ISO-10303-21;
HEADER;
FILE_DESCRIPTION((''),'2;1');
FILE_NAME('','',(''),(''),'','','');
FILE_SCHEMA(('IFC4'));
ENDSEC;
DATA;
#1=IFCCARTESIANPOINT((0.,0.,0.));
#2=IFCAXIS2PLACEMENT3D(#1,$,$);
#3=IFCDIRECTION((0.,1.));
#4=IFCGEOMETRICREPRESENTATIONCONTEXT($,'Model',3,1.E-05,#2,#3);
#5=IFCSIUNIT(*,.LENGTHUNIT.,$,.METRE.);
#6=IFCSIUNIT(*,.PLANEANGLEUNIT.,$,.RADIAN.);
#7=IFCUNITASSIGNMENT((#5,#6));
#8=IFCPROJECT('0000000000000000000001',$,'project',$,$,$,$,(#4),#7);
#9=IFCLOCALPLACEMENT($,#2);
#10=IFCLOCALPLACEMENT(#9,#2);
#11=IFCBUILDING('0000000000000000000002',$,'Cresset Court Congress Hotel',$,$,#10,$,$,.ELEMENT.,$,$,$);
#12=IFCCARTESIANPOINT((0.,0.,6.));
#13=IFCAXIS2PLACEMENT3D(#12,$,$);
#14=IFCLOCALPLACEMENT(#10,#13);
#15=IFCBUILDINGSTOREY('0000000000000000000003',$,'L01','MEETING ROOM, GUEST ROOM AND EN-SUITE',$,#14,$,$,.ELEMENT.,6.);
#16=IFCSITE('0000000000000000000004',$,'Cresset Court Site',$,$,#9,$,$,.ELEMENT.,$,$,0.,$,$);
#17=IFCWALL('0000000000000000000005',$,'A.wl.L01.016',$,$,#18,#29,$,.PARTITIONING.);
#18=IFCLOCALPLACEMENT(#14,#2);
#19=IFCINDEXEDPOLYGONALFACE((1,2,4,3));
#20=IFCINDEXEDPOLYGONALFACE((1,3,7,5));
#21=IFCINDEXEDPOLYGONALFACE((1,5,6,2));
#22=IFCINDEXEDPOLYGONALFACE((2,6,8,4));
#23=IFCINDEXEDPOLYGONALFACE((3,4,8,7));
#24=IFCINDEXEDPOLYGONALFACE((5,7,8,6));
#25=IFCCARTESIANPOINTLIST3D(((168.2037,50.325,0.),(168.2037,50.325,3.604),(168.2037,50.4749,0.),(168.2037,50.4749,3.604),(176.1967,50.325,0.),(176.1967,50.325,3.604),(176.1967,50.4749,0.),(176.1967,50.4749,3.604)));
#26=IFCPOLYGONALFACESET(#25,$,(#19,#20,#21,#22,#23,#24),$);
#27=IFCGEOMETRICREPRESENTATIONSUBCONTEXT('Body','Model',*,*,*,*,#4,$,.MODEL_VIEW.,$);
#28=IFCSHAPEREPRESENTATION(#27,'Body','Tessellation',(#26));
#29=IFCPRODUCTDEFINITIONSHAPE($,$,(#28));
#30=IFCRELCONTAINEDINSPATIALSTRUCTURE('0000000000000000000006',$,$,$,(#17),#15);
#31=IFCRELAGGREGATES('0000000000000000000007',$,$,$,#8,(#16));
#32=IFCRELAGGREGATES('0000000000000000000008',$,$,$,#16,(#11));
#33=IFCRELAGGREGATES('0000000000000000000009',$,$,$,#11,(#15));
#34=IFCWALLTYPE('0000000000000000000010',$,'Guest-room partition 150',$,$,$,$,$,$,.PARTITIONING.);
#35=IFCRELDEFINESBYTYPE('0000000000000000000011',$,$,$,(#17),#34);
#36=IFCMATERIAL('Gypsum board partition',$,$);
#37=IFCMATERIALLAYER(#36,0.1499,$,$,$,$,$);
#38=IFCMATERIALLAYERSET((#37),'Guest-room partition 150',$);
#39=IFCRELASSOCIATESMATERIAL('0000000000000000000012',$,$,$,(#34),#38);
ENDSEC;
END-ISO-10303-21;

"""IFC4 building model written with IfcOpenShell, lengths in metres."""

from ifc_helpers import new_model, si_unit, direction, frame, frame_2d, origin, place, context, subcontext, project, spatial, rectangle, extrude, material, layer, layer_set, type_object, element, save


model = new_model("IFC4")

# Units and contexts
model_context = context("Model", 3, precision=1e-05, world=origin(), true_north=direction((0.0, 1.0)))
body_context = subcontext(model_context, "Body", "Model", "MODEL_VIEW")
ifc_project = project(units=[si_unit("LENGTHUNIT", "METRE"), si_unit("PLANEANGLEUNIT", "RADIAN")], contexts=[model_context])

# Site, building, storey
site_placement = place(None, origin())
site = spatial("IfcSite", under=ifc_project, at=site_placement, Name="Cresset Court Site", CompositionType="ELEMENT", RefElevation=0.0)
building_placement = place(site_placement, origin())
building = spatial("IfcBuilding", under=site, at=building_placement, Name="Cresset Court Congress Hotel", CompositionType="ELEMENT")
storey_placement = place(building_placement, frame((0.0, 0.0, 6.0)))
storey = spatial("IfcBuildingStorey", under=building, at=storey_placement, Name="L01", Description="MEETING ROOM, GUEST ROOM AND EN-SUITE", CompositionType="ELEMENT", Elevation=6.0)

# Wall
ifc_material_1 = material(Name="Gypsum board partition")
ifc_layer_1 = layer(ifc_material_1, 0.1499)
ifc_layer_set_1 = layer_set([ifc_layer_1], Name="Guest-room partition 150")
wall_type_1 = type_object("IfcWallType", Name="Guest-room partition 150", PredefinedType="PARTITIONING", material=ifc_layer_set_1)
for number, where, z_axis, x_axis, name in (
    (1, (168.2036, 50.3999, 0.0), (0.0, 0.0, 1.0), (1.0, 0.0, 0.0), "A.wl.L01.016"),
):
    element("IfcWall", number, at=place(storey_placement, frame(where, z_axis=z_axis, x_axis=x_axis)), inside=storey, type_object=wall_type_1, Name=name, PredefinedType="PARTITIONING", context=body_context, shape_type="SweptSolid", body=[
        extrude(rectangle(XDim=7.9929, YDim=0.1499, at=frame_2d((3.9966, 0.0))), origin(), (0.0, 0.0, 1.0), 3.604),
    ])

save(model, "model.ifc")
